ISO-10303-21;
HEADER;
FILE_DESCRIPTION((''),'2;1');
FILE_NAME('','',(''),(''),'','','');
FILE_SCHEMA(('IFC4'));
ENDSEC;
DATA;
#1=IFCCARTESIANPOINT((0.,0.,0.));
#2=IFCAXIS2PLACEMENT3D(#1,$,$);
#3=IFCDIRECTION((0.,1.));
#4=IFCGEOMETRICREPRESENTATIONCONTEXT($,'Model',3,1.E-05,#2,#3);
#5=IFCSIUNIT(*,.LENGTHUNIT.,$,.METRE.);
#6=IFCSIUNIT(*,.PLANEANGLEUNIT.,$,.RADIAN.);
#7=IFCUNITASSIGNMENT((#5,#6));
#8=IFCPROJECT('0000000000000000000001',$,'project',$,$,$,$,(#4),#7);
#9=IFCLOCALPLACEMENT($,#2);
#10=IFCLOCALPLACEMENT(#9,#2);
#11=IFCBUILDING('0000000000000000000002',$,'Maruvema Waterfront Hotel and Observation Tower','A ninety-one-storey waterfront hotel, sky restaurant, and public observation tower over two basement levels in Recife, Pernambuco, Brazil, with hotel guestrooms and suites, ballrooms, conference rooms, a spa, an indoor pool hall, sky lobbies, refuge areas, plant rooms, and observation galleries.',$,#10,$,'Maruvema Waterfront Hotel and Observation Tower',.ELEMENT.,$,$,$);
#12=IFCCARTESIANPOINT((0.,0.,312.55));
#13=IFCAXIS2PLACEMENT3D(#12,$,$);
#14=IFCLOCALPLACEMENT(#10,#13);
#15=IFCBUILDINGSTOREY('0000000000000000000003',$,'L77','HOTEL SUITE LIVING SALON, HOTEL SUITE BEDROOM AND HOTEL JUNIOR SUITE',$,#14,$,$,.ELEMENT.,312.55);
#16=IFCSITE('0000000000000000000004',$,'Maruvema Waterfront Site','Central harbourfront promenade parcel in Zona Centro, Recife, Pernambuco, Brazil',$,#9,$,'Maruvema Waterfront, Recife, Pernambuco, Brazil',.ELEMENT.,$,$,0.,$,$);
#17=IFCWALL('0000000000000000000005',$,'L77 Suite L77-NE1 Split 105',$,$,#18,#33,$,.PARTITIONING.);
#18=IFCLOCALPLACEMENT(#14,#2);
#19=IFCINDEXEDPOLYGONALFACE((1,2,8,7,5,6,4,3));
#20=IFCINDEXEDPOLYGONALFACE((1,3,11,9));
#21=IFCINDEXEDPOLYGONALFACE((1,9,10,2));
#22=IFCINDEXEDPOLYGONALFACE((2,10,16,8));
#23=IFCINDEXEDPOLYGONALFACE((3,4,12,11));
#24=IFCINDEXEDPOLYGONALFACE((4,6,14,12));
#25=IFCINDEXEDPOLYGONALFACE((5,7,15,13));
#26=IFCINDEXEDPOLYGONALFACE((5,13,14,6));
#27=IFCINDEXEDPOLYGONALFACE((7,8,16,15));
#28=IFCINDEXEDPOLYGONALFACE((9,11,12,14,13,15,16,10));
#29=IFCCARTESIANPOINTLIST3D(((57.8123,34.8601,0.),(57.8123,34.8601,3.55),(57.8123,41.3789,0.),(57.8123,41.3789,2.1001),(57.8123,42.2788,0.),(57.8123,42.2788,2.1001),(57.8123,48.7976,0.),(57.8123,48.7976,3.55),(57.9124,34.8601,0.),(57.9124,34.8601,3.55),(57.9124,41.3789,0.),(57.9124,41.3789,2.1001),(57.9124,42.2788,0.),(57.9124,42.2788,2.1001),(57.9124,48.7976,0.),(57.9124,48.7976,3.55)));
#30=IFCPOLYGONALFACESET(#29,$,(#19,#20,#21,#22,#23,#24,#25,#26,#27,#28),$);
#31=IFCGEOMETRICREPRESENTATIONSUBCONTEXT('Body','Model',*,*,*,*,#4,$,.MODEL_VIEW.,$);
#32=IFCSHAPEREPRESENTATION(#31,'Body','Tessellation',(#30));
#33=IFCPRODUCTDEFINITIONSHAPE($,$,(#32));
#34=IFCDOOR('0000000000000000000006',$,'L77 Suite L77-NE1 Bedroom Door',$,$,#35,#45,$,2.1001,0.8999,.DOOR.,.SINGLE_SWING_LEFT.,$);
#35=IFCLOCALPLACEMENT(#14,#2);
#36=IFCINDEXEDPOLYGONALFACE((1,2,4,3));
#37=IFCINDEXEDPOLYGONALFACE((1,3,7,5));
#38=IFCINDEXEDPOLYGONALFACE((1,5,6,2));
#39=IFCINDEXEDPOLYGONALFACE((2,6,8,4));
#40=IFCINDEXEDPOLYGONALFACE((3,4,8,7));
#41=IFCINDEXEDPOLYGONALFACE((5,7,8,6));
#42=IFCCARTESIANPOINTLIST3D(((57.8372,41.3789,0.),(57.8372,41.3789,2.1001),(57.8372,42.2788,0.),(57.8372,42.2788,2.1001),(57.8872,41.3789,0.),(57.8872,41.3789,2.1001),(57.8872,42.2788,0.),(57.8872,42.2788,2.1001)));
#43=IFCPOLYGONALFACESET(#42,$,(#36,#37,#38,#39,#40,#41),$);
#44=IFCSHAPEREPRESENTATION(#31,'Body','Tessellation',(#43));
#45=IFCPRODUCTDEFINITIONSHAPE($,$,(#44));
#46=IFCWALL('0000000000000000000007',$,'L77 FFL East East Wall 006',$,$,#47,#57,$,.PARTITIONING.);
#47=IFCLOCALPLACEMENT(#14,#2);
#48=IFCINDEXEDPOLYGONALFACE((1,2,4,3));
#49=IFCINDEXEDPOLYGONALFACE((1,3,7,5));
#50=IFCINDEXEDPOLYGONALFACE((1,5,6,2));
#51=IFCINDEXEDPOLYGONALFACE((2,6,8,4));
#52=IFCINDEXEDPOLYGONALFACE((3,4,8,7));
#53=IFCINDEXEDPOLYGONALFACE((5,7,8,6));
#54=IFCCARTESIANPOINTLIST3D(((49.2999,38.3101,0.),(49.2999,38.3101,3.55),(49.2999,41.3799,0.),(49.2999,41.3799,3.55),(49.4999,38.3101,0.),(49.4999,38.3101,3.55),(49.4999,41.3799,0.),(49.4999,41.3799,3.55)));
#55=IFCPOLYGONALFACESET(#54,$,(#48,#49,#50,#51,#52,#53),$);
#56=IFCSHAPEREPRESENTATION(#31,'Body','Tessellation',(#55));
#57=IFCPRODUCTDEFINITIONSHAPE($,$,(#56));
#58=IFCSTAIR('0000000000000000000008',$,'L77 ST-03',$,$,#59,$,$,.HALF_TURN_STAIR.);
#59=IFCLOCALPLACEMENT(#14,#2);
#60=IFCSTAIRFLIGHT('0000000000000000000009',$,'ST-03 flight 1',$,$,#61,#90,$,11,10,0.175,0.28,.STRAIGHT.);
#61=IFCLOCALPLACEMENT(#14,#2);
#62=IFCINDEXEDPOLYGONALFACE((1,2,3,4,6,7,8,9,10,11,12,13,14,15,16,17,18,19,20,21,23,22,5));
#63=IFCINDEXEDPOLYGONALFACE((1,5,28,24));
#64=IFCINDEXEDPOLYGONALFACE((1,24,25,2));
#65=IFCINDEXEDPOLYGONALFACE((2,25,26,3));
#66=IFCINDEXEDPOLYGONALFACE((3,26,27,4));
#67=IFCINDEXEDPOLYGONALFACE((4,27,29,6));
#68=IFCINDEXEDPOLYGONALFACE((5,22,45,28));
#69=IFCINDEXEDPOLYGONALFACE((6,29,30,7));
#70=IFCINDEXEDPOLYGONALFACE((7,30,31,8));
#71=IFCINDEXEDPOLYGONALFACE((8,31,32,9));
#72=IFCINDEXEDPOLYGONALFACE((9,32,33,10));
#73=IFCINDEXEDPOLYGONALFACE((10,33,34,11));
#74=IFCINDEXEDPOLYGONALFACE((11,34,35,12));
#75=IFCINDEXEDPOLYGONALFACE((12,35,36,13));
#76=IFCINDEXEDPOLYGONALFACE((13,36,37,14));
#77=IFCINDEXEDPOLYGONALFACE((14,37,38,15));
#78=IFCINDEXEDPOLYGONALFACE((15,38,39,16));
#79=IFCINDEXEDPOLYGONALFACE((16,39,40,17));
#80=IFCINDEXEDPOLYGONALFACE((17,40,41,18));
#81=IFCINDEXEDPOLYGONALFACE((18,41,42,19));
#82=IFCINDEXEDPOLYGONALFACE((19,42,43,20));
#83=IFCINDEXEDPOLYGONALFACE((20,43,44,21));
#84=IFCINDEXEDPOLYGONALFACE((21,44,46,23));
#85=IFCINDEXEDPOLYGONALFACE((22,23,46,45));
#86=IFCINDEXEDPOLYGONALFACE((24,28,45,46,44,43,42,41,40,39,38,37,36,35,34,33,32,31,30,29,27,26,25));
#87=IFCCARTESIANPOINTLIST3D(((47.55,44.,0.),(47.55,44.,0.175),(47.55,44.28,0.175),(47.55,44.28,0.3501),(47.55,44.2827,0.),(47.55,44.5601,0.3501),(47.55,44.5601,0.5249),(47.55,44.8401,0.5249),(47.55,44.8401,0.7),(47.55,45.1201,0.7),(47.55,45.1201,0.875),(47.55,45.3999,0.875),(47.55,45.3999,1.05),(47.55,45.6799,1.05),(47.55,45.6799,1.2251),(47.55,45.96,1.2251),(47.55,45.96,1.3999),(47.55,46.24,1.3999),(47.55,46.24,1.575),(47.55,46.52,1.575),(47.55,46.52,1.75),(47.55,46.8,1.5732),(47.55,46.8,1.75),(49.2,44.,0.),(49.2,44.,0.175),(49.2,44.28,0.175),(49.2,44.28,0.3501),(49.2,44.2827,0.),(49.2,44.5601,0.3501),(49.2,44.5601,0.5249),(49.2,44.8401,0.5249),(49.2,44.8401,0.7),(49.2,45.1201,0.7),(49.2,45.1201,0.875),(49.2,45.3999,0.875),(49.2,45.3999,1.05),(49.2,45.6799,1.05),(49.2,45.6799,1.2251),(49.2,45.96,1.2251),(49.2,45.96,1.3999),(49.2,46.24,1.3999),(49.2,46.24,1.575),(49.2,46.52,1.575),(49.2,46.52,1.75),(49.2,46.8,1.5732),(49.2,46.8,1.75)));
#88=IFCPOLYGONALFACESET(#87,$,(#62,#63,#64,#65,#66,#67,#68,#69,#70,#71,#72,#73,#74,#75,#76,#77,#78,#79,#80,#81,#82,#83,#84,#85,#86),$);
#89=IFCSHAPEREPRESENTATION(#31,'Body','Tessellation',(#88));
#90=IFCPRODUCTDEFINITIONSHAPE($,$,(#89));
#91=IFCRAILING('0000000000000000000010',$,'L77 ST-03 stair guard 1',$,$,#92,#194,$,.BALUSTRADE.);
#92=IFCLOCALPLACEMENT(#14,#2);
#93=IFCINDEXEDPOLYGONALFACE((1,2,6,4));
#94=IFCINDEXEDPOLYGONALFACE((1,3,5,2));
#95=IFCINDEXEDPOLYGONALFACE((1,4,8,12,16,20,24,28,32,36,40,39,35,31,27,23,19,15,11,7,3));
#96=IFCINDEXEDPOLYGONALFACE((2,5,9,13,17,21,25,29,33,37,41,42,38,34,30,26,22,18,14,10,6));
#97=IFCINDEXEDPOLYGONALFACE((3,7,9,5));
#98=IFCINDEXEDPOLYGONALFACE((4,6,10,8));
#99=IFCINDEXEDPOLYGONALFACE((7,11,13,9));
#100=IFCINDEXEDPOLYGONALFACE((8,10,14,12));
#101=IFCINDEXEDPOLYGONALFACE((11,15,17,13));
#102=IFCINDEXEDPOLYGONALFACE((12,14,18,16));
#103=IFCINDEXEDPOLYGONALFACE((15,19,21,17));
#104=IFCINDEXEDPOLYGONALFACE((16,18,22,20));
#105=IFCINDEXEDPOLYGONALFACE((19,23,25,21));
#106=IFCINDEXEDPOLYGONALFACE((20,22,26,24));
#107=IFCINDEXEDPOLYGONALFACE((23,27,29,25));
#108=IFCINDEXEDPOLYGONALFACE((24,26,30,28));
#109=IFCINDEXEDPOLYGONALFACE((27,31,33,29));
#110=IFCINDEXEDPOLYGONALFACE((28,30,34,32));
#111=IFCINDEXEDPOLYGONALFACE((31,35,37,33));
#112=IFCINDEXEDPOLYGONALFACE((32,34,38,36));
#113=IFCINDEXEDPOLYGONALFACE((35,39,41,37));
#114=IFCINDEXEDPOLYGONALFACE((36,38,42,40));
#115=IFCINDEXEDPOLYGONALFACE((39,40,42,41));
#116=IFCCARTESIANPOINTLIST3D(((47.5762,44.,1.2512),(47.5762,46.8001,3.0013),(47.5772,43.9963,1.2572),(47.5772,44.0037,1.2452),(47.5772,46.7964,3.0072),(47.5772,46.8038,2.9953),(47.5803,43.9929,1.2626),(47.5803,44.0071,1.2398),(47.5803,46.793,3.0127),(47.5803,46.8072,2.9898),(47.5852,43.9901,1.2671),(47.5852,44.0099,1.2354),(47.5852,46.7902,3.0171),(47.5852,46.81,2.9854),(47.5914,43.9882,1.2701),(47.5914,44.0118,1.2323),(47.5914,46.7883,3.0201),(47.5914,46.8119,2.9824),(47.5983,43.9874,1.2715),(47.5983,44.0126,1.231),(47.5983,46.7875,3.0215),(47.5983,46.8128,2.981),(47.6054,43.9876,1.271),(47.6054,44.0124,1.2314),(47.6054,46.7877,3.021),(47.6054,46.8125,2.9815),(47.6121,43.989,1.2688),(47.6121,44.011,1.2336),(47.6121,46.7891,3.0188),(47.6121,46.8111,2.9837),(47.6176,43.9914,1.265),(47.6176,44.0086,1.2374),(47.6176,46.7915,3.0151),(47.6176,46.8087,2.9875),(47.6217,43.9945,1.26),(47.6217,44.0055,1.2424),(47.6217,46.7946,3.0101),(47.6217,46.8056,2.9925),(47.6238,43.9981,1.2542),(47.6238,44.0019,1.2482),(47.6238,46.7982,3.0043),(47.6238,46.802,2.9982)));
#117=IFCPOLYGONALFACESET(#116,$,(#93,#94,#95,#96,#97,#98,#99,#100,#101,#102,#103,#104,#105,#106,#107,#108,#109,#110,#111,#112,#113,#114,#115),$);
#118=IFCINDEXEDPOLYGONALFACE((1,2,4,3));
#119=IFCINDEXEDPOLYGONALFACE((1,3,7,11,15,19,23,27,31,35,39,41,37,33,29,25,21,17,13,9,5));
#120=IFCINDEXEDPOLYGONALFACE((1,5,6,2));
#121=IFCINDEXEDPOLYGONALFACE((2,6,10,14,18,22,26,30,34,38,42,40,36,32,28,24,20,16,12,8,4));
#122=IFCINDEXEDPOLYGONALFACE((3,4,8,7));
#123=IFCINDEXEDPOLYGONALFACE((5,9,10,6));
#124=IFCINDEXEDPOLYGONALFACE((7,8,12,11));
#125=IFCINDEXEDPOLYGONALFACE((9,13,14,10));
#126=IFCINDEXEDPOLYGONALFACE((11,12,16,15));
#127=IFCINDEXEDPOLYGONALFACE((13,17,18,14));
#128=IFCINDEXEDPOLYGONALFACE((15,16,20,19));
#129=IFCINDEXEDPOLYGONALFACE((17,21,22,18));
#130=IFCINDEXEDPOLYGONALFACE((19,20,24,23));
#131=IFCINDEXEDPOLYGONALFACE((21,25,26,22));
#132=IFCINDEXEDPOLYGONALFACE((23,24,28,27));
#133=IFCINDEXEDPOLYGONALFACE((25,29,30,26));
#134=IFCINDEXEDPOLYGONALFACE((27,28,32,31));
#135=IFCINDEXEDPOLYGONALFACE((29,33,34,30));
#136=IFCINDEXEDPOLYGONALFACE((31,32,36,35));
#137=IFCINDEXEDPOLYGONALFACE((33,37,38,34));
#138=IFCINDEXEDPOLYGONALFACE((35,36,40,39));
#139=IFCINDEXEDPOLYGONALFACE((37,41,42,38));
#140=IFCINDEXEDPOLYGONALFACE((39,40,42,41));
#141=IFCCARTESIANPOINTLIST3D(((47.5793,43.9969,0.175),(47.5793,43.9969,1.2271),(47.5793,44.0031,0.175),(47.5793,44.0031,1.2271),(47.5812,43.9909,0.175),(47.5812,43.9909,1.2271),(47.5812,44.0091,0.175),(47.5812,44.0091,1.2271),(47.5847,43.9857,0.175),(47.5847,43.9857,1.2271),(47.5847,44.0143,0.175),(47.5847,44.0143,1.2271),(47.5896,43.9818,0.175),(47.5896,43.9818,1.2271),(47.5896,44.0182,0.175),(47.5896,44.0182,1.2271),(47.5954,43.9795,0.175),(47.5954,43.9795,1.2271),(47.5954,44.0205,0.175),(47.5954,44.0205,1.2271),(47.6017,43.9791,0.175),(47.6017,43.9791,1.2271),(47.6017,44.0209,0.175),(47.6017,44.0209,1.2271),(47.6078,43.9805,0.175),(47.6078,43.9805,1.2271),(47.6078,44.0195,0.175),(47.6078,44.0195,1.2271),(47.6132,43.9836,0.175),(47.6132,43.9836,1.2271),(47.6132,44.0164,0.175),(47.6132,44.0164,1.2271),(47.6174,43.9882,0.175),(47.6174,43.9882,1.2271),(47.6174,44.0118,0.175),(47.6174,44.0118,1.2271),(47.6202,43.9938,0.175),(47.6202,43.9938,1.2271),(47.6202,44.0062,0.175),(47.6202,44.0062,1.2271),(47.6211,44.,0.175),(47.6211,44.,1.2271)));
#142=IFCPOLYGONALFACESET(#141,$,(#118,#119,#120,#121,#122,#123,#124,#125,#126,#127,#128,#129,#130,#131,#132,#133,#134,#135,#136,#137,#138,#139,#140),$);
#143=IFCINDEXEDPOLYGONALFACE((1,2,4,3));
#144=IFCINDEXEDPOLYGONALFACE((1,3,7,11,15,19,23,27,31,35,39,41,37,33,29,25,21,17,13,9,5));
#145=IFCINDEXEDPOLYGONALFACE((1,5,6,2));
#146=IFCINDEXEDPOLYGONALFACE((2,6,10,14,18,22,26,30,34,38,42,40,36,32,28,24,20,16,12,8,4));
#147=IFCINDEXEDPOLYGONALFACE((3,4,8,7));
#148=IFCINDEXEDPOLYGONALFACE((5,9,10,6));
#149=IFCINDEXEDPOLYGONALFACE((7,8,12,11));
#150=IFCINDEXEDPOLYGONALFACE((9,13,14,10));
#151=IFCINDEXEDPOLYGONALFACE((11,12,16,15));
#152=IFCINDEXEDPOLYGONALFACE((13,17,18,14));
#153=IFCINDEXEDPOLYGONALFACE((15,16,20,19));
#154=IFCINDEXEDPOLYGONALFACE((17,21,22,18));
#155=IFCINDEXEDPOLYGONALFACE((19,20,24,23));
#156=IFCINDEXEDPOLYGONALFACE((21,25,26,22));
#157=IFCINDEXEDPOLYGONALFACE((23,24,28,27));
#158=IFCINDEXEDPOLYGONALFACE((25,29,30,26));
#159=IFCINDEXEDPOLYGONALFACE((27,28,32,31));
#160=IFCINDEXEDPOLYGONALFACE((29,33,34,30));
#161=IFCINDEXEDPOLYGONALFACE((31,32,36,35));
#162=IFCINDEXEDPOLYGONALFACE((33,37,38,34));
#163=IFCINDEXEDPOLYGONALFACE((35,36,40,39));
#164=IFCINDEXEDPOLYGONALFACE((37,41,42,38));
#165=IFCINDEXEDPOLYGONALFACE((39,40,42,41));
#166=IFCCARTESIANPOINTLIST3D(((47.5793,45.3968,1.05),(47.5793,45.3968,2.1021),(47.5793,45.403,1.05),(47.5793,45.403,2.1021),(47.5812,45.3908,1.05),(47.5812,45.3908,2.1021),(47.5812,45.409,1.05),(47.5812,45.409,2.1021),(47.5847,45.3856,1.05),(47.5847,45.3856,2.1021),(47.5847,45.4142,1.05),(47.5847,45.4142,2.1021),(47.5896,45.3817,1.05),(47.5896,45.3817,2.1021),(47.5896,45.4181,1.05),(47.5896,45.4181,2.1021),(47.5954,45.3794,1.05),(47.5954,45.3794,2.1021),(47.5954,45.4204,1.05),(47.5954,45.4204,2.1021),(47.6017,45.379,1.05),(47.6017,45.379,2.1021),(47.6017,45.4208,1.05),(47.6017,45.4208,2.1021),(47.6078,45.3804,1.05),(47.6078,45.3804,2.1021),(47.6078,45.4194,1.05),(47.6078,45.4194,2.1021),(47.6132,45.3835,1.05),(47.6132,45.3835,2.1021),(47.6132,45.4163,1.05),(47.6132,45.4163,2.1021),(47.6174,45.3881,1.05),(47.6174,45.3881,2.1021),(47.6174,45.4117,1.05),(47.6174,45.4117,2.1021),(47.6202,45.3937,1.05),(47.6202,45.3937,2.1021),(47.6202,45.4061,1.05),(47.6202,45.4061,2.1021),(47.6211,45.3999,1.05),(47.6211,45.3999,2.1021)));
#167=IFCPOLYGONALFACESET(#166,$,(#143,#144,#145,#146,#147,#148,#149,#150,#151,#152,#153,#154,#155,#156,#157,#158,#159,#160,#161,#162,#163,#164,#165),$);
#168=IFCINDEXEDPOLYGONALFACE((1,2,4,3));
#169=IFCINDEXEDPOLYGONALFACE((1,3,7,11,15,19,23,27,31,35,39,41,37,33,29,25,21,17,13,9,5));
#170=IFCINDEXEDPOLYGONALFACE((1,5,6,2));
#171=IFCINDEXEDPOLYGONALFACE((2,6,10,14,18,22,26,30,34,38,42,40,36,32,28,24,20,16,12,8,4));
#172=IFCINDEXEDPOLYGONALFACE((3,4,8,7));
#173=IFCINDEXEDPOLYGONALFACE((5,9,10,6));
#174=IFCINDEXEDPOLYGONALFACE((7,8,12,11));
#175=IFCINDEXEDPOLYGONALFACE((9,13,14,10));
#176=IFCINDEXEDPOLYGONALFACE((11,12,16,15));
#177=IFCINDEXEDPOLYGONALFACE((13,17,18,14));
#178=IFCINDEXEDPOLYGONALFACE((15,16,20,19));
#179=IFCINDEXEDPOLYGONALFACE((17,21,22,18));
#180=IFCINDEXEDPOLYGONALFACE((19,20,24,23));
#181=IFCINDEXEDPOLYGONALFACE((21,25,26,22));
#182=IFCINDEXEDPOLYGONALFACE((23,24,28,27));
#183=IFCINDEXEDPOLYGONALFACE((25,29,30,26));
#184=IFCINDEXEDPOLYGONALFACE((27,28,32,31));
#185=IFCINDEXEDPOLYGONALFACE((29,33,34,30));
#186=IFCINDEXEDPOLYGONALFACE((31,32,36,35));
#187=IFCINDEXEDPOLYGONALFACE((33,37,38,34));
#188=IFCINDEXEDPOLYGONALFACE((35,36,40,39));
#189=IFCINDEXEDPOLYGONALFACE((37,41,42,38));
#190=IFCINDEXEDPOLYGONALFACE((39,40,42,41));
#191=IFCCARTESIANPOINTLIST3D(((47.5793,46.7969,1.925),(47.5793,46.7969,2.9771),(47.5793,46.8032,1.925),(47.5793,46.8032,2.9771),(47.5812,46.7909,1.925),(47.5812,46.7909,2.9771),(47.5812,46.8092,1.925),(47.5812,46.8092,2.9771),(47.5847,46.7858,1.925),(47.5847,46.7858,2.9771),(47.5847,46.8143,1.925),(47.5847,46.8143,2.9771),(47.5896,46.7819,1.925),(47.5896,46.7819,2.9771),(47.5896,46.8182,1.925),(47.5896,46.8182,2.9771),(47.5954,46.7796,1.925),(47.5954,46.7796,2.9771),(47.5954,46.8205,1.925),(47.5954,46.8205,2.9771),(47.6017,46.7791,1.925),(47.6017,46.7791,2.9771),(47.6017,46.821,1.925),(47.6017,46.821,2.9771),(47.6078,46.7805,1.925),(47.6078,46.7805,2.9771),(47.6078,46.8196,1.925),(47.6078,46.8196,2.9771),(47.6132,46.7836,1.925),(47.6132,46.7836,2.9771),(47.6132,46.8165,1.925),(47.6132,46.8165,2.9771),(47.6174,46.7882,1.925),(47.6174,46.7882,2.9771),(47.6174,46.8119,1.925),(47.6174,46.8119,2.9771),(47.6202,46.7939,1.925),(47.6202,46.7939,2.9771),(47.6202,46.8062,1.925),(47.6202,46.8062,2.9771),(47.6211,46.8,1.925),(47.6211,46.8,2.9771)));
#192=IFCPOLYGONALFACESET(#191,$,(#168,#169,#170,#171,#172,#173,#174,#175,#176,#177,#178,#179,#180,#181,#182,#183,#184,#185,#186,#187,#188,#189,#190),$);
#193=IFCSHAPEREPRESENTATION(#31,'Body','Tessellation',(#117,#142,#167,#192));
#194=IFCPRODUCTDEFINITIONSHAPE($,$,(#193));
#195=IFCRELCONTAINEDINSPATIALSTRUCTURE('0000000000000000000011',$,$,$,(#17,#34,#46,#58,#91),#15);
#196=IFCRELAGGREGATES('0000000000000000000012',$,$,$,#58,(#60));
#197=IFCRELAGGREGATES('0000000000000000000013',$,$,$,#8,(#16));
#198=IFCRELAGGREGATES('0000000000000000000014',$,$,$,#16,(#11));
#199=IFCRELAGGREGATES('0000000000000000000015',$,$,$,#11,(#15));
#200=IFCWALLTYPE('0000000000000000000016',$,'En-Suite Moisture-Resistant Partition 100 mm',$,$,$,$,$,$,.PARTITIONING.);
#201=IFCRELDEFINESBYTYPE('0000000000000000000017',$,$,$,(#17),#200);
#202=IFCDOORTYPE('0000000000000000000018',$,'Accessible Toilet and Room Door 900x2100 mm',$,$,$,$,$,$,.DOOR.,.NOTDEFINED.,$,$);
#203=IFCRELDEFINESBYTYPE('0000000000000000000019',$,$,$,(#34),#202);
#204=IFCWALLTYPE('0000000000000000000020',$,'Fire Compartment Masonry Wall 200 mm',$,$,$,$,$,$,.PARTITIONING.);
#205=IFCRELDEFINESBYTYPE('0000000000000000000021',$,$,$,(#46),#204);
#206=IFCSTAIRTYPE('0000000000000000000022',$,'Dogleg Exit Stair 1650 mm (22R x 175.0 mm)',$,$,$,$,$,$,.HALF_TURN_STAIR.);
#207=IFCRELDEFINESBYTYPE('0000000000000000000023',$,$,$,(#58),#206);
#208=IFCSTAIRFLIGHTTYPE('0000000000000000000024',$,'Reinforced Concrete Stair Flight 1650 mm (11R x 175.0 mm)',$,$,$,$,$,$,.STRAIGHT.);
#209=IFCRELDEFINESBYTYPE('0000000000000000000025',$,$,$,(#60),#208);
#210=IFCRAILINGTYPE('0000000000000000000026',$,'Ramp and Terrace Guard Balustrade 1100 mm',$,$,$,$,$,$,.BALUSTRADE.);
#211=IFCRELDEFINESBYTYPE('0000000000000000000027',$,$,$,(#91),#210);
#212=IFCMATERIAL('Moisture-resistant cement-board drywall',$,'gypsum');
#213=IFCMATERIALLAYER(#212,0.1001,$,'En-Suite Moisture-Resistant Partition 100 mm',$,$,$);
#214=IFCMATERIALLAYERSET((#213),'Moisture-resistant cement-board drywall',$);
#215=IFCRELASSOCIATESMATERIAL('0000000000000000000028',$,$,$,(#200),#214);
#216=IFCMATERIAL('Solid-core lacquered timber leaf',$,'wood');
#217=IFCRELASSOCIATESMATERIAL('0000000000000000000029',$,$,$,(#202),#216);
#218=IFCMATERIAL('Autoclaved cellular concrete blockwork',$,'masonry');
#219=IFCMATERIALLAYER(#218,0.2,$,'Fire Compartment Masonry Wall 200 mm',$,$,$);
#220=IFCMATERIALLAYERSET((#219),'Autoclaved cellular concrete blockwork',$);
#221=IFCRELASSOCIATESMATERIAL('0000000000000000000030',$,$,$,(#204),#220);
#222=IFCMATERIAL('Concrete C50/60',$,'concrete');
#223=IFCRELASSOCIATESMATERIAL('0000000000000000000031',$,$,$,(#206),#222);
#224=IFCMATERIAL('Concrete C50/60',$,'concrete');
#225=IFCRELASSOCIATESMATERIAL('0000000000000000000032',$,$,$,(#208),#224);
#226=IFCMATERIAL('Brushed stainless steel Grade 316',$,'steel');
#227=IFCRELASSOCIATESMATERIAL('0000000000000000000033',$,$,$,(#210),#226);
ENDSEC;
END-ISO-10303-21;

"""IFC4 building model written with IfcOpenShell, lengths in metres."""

from ifc_helpers import new_model, si_unit, direction, frame, frame_2d, origin, origin_2d, place, context, subcontext, project, spatial, polyline, rectangle, circle, outline, extrude, material, layer, layer_set, type_object, element, fill, aggregate, save


model = new_model("IFC4")

# Units and contexts
model_context = context("Model", 3, precision=1e-05, world=origin(), true_north=direction((0.0, 1.0)))
body_context = subcontext(model_context, "Body", "Model", "MODEL_VIEW")
ifc_project = project(units=[si_unit("LENGTHUNIT", "METRE"), si_unit("PLANEANGLEUNIT", "RADIAN")], contexts=[model_context])

# Site, building, storey
site_placement = place(None, origin())
site = spatial("IfcSite", under=ifc_project, at=site_placement, Name="Maruvema Waterfront Site", Description="Central harbourfront promenade parcel in Zona Centro, Recife, Pernambuco, Brazil", LongName="Maruvema Waterfront, Recife, Pernambuco, Brazil", CompositionType="ELEMENT", RefElevation=0.0)
building_placement = place(site_placement, origin())
building = spatial("IfcBuilding", under=site, at=building_placement, Name="Maruvema Waterfront Hotel and Observation Tower", Description="A ninety-one-storey waterfront hotel, sky restaurant, and public observation tower over two basement levels in Recife, Pernambuco, Brazil, with hotel guestrooms and suites, ballrooms, conference rooms, a spa, an indoor pool hall, sky lobbies, refuge areas, plant rooms, and observation galleries.", LongName="Maruvema Waterfront Hotel and Observation Tower", CompositionType="ELEMENT")
storey_placement = place(building_placement, frame((0.0, 0.0, 312.55)))
storey = spatial("IfcBuildingStorey", under=building, at=storey_placement, Name="L77", Description="HOTEL SUITE LIVING SALON, HOTEL SUITE BEDROOM AND HOTEL JUNIOR SUITE", CompositionType="ELEMENT", Elevation=312.55)

# Wall, opening, door
ifc_material_1 = material(Name="Moisture-resistant cement-board drywall", Category="gypsum")
ifc_layer_1 = layer(ifc_material_1, 0.1001, Name="En-Suite Moisture-Resistant Partition 100 mm")
ifc_layer_set_1 = layer_set([ifc_layer_1], Name="Moisture-resistant cement-board drywall")
wall_type_1 = type_object("IfcWallType", Name="En-Suite Moisture-Resistant Partition 100 mm", PredefinedType="PARTITIONING", material=ifc_layer_set_1)
wall_1_placement = place(storey_placement, frame((57.8623, 34.8601, 0.0), z_axis=(0.0, 0.0, 1.0), x_axis=(0.0, 1.0, 0.0)))
wall_1 = element("IfcWall", 1, at=wall_1_placement, inside=storey, type_object=wall_type_1, Name="L77 Suite L77-NE1 Split 105", PredefinedType="PARTITIONING", context=body_context, shape_type="SweptSolid", body=[
    extrude(rectangle(XDim=13.9375, YDim=0.1001, at=frame_2d((6.9688, 0.0))), origin(), (0.0, 0.0, 1.0), 3.55),
])
opening_placement = place(wall_1_placement, frame((6.5188, 0.0, 0.0)))
opening = element("IfcOpeningElement", 2, at=opening_placement, cuts=wall_1, PredefinedType="OPENING", context=body_context, shape_type="SweptSolid", body=[
    extrude(rectangle(XDim=0.8999, YDim=2.1001, at=frame_2d((0.45, 1.05))), frame((0.0, 0.0601, 0.0), z_axis=(0.0, -1.0, 0.0), x_axis=(1.0, 0.0, 0.0)), (0.0, 0.0, 1.0), 0.1201),
])
ifc_material_2 = material(Name="Solid-core lacquered timber leaf", Category="wood")
door_type = type_object("IfcDoorType", Name="Accessible Toilet and Room Door 900x2100 mm", OperationType="NOTDEFINED", PredefinedType="DOOR", material=ifc_material_2)
door_placement = place(opening_placement, frame((0.8999, 0.0, 0.0), z_axis=(0.0, 0.0, 1.0), x_axis=(-1.0, 0.0, 0.0)))
door = element("IfcDoor", 3, at=door_placement, inside=storey, type_object=door_type, Name="L77 Suite L77-NE1 Bedroom Door", OperationType="SINGLE_SWING_LEFT", OverallHeight=2.1001, OverallWidth=0.8999, PredefinedType="DOOR", context=body_context, shape_type="SweptSolid", body=[
    extrude(rectangle(XDim=0.8999, YDim=2.1001, at=frame_2d((0.45, 1.05))), frame((0.0, 0.0249, 0.0), z_axis=(0.0, -1.0, 0.0), x_axis=(1.0, 0.0, 0.0)), (0.0, 0.0, 1.0), 0.05),
])
fill(opening, door)

# Wall
ifc_material_3 = material(Name="Autoclaved cellular concrete blockwork", Category="masonry")
ifc_layer_2 = layer(ifc_material_3, 0.2, Name="Fire Compartment Masonry Wall 200 mm")
ifc_layer_set_2 = layer_set([ifc_layer_2], Name="Autoclaved cellular concrete blockwork")
wall_type_2 = type_object("IfcWallType", Name="Fire Compartment Masonry Wall 200 mm", PredefinedType="PARTITIONING", material=ifc_layer_set_2)
wall_2_placement = place(storey_placement, frame((49.3999, 38.3101, 0.0), z_axis=(0.0, 0.0, 1.0), x_axis=(0.0, 1.0, 0.0)))
element("IfcWall", 4, at=wall_2_placement, inside=storey, type_object=wall_type_2, Name="L77 FFL East East Wall 006", PredefinedType="PARTITIONING", context=body_context, shape_type="SweptSolid", body=[
    extrude(rectangle(XDim=3.0698, YDim=0.2, at=frame_2d((1.5349, 0.0))), origin(), (0.0, 0.0, 1.0), 3.55),
])

# Stair, stair flight
ifc_material_4 = material(Name="Concrete C50/60", Category="concrete")
stair_type = type_object("IfcStairType", Name="Dogleg Exit Stair 1650 mm (22R x 175.0 mm)", PredefinedType="HALF_TURN_STAIR", material=ifc_material_4)
stair_placement = place(storey_placement, origin())
stair = element("IfcStair", 5, at=stair_placement, inside=storey, type_object=stair_type, Name="L77 ST-03", PredefinedType="HALF_TURN_STAIR")
ifc_material_5 = material(Name="Concrete C50/60", Category="concrete")
stair_flight_type = type_object("IfcStairFlightType", Name="Reinforced Concrete Stair Flight 1650 mm (11R x 175.0 mm)", PredefinedType="STRAIGHT", material=ifc_material_5)
stair_flight_placement = place(storey_placement, frame((48.375, 44.0, 0.0), z_axis=(0.0, 0.0, 1.0), x_axis=(0.0, 1.0, 0.0)))
stair_flight = element("IfcStairFlight", 6, at=stair_flight_placement, type_object=stair_flight_type, Name="ST-03 flight 1", NumberOfRisers=11, NumberOfTreads=10, PredefinedType="STRAIGHT", RiserHeight=0.175, TreadLength=0.28, context=body_context, shape_type="SweptSolid", body=[
    extrude(outline(polyline([(0.0, 0.0), (0.0, 0.175), (0.28, 0.175), (0.28, 0.3501), (0.5601, 0.3501), (0.5601, 0.5249), (0.8401, 0.5249), (0.8401, 0.7), (1.1201, 0.7), (1.1201, 0.875), (1.3999, 0.875), (1.3999, 1.05), (1.6799, 1.05), (1.6799, 1.2251), (1.96, 1.2251), (1.96, 1.3999), (2.24, 1.3999), (2.24, 1.575), (2.52, 1.575), (2.52, 1.75), (2.8, 1.75), (2.8, 1.925), (2.8, 1.5732), (0.2827, 0.0), (0.0, 0.0)])), frame((0.0, 0.825, 0.0), z_axis=(0.0, -1.0, 0.0), x_axis=(1.0, 0.0, 0.0)), (0.0, 0.0, 1.0), 1.6499),
])
aggregate(stair, [stair_flight])

# Railing
ifc_material_6 = material(Name="Brushed stainless steel Grade 316", Category="steel")
railing_type = type_object("IfcRailingType", Name="Ramp and Terrace Guard Balustrade 1100 mm", PredefinedType="BALUSTRADE", material=ifc_material_6)
railing_1_placement = place(storey_placement, frame((47.6001, 44.0, 0.175)))
element("IfcRailing", 7, at=railing_1_placement, inside=storey, type_object=railing_type, Name="L77 ST-03 stair guard 1", PredefinedType="BALUSTRADE", context=body_context, shape_type="SweptSolid", body=[
    extrude(circle(Radius=0.0239, at=origin_2d()), frame((0.0, 0.0, 1.0762), z_axis=(0.0, 0.848002, 0.529992), x_axis=(-1.0, 0.0, 0.0)), (0.0, 0.0, 1.0), 3.302),
    extrude(circle(Radius=0.021, at=origin_2d()), origin(), (0.0, 0.0, 1.0), 1.052),
    extrude(circle(Radius=0.021, at=origin_2d()), frame((0.0, 1.3999, 0.875)), (0.0, 0.0, 1.0), 1.052),
    extrude(circle(Radius=0.021, at=origin_2d()), frame((0.0, 2.8, 1.75)), (0.0, 0.0, 1.0), 1.052),
])

save(model, "model.ifc")
